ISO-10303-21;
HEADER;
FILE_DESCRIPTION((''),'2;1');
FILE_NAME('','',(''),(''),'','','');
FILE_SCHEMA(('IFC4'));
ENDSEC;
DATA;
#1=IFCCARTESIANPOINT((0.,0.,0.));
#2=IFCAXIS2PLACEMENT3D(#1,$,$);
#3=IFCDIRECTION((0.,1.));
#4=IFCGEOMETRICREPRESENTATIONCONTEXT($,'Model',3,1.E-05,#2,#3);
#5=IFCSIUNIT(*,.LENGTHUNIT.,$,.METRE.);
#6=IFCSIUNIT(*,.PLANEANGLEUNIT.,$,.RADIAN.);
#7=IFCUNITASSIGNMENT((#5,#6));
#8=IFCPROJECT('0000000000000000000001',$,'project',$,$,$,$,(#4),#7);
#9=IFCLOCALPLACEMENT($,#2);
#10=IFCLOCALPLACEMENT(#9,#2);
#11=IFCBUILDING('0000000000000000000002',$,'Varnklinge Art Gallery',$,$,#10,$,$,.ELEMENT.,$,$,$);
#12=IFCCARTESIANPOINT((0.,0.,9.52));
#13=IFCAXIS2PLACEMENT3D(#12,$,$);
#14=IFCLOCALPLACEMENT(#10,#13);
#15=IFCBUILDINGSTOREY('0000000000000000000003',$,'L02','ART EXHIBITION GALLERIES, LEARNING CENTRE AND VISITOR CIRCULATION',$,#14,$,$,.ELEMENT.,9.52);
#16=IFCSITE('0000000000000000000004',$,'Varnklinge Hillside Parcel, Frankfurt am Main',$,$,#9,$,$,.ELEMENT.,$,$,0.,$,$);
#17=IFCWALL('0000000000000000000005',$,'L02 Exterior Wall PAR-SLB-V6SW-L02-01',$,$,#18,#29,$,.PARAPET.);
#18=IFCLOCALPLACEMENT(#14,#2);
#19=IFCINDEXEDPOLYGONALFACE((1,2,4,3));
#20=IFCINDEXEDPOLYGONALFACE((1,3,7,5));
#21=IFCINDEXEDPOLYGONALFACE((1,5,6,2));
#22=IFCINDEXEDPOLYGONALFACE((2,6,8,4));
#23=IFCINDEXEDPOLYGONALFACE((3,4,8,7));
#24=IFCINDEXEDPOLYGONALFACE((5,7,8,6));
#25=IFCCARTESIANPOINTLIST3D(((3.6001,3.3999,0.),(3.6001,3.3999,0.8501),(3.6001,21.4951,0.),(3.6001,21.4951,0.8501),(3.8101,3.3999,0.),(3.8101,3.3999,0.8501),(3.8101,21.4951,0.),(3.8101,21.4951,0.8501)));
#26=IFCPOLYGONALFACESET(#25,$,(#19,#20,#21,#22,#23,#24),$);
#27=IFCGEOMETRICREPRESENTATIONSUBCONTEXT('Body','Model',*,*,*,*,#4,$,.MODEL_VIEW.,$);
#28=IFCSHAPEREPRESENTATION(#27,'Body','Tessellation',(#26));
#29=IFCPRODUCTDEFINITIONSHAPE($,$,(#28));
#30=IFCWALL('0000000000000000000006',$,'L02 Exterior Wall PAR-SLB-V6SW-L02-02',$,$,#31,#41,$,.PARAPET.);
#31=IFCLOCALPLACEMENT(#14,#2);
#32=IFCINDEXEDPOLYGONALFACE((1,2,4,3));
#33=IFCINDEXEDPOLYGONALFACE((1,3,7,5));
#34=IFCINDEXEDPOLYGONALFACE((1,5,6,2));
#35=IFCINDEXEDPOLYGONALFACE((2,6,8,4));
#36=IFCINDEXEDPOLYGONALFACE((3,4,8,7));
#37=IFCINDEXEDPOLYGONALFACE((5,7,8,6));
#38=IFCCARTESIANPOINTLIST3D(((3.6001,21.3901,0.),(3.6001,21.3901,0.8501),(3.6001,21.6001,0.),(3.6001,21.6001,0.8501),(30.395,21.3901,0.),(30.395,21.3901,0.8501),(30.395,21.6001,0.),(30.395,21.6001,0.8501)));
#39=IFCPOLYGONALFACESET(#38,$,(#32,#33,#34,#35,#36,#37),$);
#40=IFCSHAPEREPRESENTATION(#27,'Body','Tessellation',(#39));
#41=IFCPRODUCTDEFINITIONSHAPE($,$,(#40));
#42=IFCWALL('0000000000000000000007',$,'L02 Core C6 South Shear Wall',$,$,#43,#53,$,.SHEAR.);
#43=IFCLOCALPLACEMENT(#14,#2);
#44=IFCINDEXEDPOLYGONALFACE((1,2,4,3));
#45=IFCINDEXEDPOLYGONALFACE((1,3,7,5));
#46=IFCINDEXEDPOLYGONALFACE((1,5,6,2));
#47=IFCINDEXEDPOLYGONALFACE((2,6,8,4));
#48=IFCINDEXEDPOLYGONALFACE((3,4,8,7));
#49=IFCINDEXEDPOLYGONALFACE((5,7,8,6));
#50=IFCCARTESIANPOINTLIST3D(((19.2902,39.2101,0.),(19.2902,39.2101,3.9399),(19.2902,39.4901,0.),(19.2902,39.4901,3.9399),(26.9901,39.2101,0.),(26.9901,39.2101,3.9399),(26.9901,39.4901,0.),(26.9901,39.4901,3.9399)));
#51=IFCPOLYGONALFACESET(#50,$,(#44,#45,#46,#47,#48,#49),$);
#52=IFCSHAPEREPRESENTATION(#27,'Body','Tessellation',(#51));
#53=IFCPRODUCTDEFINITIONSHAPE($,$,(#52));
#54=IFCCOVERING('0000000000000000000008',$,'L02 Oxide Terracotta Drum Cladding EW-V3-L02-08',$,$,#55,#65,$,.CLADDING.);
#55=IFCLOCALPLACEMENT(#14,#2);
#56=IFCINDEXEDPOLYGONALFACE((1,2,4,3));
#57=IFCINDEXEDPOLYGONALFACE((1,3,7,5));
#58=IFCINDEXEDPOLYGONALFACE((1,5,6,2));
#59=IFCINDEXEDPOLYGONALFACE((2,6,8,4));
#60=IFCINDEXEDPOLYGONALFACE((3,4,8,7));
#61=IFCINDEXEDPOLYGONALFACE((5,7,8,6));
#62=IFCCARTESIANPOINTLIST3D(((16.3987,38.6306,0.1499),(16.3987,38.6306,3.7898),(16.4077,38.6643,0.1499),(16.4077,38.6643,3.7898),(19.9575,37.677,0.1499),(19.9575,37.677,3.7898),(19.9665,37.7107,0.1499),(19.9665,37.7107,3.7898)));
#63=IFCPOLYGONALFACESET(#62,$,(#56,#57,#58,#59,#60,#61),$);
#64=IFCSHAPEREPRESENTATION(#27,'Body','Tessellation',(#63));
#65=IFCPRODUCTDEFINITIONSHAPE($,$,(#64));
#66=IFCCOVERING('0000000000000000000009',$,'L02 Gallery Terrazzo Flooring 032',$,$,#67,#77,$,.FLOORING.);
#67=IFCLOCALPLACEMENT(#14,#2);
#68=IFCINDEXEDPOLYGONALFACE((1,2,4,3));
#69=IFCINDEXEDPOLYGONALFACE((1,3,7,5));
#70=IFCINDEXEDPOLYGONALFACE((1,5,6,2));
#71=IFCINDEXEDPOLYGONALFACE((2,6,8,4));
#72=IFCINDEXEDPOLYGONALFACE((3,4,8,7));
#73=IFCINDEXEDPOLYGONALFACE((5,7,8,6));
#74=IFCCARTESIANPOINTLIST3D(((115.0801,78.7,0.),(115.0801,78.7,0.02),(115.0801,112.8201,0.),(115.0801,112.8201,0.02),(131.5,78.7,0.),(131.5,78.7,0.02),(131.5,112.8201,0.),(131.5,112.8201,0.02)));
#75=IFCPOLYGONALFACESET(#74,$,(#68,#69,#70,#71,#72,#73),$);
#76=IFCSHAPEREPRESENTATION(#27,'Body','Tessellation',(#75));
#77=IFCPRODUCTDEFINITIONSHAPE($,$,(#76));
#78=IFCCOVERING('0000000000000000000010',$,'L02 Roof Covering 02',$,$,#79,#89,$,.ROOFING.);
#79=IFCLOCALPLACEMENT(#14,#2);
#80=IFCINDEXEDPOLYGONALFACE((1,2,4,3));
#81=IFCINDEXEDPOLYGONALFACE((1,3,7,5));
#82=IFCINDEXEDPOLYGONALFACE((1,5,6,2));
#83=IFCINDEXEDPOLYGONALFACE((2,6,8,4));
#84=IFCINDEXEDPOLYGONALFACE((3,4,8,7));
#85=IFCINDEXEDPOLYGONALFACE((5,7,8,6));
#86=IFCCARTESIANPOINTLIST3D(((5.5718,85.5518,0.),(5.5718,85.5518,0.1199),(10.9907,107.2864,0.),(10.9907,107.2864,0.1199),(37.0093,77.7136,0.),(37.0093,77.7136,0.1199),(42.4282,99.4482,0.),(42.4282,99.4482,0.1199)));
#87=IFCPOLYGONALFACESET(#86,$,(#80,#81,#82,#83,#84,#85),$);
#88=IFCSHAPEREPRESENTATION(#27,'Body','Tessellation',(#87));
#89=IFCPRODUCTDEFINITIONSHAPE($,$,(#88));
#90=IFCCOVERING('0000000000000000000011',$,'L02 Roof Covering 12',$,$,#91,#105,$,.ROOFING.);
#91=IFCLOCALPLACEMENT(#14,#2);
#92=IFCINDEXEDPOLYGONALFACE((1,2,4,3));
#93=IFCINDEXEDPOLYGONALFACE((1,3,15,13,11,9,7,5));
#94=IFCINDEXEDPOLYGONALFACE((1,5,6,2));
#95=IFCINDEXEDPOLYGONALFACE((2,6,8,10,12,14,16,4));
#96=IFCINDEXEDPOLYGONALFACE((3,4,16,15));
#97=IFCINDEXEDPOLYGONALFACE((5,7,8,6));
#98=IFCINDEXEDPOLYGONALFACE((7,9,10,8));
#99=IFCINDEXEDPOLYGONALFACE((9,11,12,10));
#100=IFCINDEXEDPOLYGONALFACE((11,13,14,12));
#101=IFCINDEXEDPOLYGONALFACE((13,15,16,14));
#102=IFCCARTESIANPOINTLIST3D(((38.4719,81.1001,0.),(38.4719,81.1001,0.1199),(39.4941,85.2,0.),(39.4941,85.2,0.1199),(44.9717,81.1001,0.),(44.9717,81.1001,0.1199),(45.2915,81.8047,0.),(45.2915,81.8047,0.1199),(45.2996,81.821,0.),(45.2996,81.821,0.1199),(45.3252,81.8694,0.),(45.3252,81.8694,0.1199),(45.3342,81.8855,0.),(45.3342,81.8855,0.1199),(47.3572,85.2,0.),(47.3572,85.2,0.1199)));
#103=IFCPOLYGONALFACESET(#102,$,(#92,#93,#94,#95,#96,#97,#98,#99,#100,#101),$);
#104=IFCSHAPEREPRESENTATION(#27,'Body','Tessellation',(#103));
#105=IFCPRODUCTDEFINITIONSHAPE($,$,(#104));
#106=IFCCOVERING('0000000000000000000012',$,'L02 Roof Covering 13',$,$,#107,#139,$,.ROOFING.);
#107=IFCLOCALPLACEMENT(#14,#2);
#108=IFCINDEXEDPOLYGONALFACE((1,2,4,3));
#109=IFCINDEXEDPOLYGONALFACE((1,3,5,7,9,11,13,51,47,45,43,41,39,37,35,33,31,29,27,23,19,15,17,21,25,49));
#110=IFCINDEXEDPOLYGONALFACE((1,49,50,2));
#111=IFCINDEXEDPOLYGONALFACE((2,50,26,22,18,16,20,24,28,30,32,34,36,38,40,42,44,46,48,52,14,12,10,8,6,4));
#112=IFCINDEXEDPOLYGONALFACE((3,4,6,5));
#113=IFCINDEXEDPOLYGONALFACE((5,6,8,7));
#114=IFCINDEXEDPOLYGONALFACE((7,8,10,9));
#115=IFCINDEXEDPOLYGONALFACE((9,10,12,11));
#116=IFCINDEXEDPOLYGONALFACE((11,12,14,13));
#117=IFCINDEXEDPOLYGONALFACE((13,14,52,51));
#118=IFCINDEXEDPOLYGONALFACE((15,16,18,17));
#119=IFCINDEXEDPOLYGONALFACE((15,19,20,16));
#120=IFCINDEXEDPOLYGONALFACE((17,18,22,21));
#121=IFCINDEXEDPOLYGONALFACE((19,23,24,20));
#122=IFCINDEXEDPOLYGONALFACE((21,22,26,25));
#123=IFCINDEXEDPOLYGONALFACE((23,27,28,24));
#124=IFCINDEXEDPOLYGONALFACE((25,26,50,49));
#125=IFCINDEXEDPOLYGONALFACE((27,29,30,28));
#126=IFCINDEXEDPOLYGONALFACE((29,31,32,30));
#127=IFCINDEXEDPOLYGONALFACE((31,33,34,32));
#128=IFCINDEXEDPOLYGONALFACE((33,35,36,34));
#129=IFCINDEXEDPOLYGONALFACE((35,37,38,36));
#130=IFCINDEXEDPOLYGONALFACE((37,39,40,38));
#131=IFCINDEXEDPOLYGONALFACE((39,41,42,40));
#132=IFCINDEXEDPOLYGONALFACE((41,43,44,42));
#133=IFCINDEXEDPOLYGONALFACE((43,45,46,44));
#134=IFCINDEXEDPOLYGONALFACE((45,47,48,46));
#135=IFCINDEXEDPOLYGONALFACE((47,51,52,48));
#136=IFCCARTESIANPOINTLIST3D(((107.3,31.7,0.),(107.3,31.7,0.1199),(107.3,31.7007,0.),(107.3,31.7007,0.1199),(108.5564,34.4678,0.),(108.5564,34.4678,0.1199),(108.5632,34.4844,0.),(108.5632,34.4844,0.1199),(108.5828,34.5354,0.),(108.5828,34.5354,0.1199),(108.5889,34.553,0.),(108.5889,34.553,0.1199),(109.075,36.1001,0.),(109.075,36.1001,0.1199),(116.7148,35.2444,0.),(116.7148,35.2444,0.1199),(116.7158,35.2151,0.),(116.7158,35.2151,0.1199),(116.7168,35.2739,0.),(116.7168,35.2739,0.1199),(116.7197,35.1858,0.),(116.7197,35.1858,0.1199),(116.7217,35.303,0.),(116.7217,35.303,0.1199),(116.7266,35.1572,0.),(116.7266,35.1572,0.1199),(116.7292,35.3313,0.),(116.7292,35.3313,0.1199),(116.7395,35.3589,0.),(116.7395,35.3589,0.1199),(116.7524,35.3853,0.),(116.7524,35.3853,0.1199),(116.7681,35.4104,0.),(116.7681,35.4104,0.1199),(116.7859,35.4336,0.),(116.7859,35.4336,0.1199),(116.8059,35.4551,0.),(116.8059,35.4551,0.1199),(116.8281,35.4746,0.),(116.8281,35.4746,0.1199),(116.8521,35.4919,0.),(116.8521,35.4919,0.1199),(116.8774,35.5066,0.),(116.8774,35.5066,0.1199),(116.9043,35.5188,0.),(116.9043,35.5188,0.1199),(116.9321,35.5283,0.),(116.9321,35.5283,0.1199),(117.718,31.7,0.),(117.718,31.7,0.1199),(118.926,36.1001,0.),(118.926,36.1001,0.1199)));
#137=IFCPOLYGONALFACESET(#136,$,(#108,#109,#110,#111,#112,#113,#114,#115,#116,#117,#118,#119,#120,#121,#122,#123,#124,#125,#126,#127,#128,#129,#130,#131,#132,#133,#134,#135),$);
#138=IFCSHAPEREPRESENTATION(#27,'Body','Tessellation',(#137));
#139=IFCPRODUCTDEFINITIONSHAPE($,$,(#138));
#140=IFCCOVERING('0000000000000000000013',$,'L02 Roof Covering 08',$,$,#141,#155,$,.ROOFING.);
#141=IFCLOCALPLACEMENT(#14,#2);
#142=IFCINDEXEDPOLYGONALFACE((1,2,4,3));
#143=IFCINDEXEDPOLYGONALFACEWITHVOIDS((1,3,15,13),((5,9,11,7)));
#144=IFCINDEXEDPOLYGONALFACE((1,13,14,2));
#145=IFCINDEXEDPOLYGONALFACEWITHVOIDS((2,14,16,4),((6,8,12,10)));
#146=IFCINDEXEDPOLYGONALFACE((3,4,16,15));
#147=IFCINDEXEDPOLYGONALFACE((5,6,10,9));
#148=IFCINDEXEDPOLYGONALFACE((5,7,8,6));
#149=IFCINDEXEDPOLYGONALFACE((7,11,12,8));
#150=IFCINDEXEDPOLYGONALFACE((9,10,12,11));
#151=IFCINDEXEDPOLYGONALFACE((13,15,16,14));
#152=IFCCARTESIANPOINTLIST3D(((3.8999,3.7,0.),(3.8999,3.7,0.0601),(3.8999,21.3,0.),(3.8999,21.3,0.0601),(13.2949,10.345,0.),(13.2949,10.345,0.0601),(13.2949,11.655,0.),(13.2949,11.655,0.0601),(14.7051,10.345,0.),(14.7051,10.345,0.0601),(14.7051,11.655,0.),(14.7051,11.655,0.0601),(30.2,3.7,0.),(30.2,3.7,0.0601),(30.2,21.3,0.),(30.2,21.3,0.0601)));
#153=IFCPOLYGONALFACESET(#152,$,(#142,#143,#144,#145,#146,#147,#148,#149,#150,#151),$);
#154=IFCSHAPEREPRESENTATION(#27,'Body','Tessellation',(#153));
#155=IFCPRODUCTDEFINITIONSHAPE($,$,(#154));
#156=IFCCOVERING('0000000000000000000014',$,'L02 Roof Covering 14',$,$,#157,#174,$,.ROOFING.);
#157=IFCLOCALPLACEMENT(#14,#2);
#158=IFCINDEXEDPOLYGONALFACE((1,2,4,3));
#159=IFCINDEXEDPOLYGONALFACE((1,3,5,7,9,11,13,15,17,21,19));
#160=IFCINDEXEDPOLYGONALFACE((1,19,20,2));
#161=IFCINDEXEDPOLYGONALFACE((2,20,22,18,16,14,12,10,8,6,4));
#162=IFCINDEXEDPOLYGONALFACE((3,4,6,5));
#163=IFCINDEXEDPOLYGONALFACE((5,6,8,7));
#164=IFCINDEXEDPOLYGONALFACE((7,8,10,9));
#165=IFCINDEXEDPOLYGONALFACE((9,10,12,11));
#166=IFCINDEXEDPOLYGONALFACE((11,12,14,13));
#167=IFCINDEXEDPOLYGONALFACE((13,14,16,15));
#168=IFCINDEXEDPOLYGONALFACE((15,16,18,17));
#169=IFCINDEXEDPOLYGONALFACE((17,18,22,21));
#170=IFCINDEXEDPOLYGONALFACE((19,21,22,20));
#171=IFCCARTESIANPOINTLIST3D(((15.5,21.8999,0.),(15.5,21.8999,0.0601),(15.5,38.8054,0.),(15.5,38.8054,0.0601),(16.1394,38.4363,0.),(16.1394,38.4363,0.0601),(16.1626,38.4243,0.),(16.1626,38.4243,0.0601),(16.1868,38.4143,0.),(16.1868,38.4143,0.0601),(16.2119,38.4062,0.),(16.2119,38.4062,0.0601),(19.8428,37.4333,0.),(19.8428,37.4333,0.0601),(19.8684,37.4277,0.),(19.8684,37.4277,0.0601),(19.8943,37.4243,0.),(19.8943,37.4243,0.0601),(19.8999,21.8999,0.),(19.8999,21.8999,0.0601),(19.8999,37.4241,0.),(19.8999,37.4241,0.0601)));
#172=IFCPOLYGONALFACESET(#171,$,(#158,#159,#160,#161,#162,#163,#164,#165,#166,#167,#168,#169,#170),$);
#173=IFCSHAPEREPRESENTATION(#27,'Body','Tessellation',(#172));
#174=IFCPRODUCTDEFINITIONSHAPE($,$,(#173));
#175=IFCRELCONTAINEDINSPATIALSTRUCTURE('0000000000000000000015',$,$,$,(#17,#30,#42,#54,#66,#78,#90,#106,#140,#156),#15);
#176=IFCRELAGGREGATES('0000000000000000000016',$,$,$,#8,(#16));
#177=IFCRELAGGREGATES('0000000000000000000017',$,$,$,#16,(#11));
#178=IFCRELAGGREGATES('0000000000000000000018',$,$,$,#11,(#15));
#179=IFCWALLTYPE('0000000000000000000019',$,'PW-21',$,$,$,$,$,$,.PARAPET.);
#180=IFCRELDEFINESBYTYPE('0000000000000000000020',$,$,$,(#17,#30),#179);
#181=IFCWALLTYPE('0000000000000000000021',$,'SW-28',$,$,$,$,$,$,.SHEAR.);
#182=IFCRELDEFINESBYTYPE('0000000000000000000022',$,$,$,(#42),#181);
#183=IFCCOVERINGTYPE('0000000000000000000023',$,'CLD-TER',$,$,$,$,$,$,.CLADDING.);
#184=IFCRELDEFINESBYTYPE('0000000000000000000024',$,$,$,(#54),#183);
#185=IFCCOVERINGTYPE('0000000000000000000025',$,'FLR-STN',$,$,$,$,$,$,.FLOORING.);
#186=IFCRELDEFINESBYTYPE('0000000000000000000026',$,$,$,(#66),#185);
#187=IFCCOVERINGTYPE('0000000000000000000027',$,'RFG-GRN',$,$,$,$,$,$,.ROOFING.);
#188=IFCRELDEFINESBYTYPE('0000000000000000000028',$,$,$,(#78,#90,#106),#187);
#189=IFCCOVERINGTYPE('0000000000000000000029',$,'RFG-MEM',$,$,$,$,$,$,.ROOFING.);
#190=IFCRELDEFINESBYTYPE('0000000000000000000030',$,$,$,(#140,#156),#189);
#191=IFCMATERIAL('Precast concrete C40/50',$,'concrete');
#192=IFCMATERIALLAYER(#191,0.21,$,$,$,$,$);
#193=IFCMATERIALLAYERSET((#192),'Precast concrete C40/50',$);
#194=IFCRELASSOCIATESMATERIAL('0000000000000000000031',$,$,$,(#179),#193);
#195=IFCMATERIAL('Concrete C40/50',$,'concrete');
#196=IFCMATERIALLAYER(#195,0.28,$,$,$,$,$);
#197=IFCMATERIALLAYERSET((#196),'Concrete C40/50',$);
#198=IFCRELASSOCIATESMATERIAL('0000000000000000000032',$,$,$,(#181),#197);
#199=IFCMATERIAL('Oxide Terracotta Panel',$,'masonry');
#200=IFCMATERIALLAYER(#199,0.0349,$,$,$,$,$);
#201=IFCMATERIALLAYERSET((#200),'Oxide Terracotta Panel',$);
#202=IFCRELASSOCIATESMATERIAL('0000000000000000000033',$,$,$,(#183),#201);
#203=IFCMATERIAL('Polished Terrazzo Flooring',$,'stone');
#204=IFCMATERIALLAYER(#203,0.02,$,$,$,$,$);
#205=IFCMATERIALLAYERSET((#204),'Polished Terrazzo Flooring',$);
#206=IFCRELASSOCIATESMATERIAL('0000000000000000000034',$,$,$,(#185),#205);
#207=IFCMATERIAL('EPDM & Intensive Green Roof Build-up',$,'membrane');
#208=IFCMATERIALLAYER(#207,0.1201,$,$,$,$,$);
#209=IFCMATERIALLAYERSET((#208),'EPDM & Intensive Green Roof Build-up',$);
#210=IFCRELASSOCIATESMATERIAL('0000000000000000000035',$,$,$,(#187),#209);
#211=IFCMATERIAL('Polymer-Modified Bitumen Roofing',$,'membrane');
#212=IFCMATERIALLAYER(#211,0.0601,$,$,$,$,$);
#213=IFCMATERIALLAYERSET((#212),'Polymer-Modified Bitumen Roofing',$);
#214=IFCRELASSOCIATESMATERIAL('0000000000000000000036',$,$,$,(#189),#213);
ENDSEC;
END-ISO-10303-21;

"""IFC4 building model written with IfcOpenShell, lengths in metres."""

from ifc_helpers import new_model, si_unit, direction, frame, frame_2d, origin, origin_2d, place, context, subcontext, project, spatial, polyline, rectangle, outline, extrude, material, layer, layer_set, type_object, element, save


model = new_model("IFC4")

# Units and contexts
model_context = context("Model", 3, precision=1e-05, world=origin(), true_north=direction((0.0, 1.0)))
body_context = subcontext(model_context, "Body", "Model", "MODEL_VIEW")
ifc_project = project(units=[si_unit("LENGTHUNIT", "METRE"), si_unit("PLANEANGLEUNIT", "RADIAN")], contexts=[model_context])

# Site, building, storey
site_placement = place(None, origin())
site = spatial("IfcSite", under=ifc_project, at=site_placement, Name="Varnklinge Hillside Parcel, Frankfurt am Main", CompositionType="ELEMENT", RefElevation=0.0)
building_placement = place(site_placement, origin())
building = spatial("IfcBuilding", under=site, at=building_placement, Name="Varnklinge Art Gallery", CompositionType="ELEMENT")
storey_placement = place(building_placement, frame((0.0, 0.0, 9.52)))
storey = spatial("IfcBuildingStorey", under=building, at=storey_placement, Name="L02", Description="ART EXHIBITION GALLERIES, LEARNING CENTRE AND VISITOR CIRCULATION", CompositionType="ELEMENT", Elevation=9.52)

# Walls
ifc_material_1 = material(Name="Precast concrete C40/50", Category="concrete")
ifc_layer_1 = layer(ifc_material_1, 0.21)
ifc_layer_set_1 = layer_set([ifc_layer_1], Name="Precast concrete C40/50")
wall_type_1 = type_object("IfcWallType", Name="PW-21", PredefinedType="PARAPET", material=ifc_layer_set_1)
wall_1_placement = place(storey_placement, frame((3.7051, 3.3999, 0.0), z_axis=(0.0, 0.0, 1.0), x_axis=(0.0, 1.0, 0.0)))
element("IfcWall", 1, at=wall_1_placement, inside=storey, type_object=wall_type_1, Name="L02 Exterior Wall PAR-SLB-V6SW-L02-01", PredefinedType="PARAPET", context=body_context, shape_type="SweptSolid", body=[
    extrude(rectangle(XDim=18.0952, YDim=0.21, at=frame_2d((9.0476, 0.0))), origin(), (0.0, 0.0, 1.0), 0.8501),
])
wall_2_placement = place(storey_placement, frame((3.6001, 21.4951, 0.0), z_axis=(0.0, 0.0, 1.0), x_axis=(1.0, 0.0, 0.0)))
element("IfcWall", 2, at=wall_2_placement, inside=storey, type_object=wall_type_1, Name="L02 Exterior Wall PAR-SLB-V6SW-L02-02", PredefinedType="PARAPET", context=body_context, shape_type="SweptSolid", body=[
    extrude(rectangle(XDim=26.7949, YDim=0.21, at=frame_2d((13.3975, 0.0))), origin(), (0.0, 0.0, 1.0), 0.8501),
])
ifc_material_2 = material(Name="Concrete C40/50", Category="concrete")
ifc_layer_2 = layer(ifc_material_2, 0.28)
ifc_layer_set_2 = layer_set([ifc_layer_2], Name="Concrete C40/50")
wall_type_2 = type_object("IfcWallType", Name="SW-28", PredefinedType="SHEAR", material=ifc_layer_set_2)
wall_3_placement = place(storey_placement, frame((19.29, 39.3501, 0.0), z_axis=(0.0, 0.0, 1.0), x_axis=(1.0, 0.0, 0.0)))
element("IfcWall", 3, at=wall_3_placement, inside=storey, type_object=wall_type_2, Name="L02 Core C6 South Shear Wall", PredefinedType="SHEAR", context=body_context, shape_type="SweptSolid", body=[
    extrude(rectangle(XDim=7.7, YDim=0.28, at=frame_2d((3.8501, 0.0))), origin(), (0.0, 0.0, 1.0), 3.9399),
])

# Coverings
ifc_material_3 = material(Name="Oxide Terracotta Panel", Category="masonry")
ifc_layer_3 = layer(ifc_material_3, 0.0349)
ifc_layer_set_3 = layer_set([ifc_layer_3], Name="Oxide Terracotta Panel")
covering_type_1 = type_object("IfcCoveringType", Name="CLD-TER", PredefinedType="CLADDING", material=ifc_layer_set_3)
covering_1_placement = place(storey_placement, frame((18.1826, 38.1707, 0.1499), z_axis=(0.0, 0.0, 1.0), x_axis=(-0.965926, 0.258819, 0.0)))
element("IfcCovering", 4, at=covering_1_placement, inside=storey, type_object=covering_type_1, Name="L02 Oxide Terracotta Drum Cladding EW-V3-L02-08", PredefinedType="CLADDING", context=body_context, shape_type="SweptSolid", body=[
    extrude(rectangle(XDim=3.6843, YDim=0.0349, at=origin_2d()), origin(), (0.0, 0.0, 1.0), 3.6399),
])
ifc_material_4 = material(Name="Polished Terrazzo Flooring", Category="stone")
ifc_layer_4 = layer(ifc_material_4, 0.02)
ifc_layer_set_4 = layer_set([ifc_layer_4], Name="Polished Terrazzo Flooring")
covering_type_2 = type_object("IfcCoveringType", Name="FLR-STN", PredefinedType="FLOORING", material=ifc_layer_set_4)
covering_2_placement = place(storey_placement, origin())
element("IfcCovering", 5, at=covering_2_placement, inside=storey, type_object=covering_type_2, Name="L02 Gallery Terrazzo Flooring 032", PredefinedType="FLOORING", context=body_context, shape_type="SweptSolid", body=[
    extrude(outline(polyline([(115.0801, 112.8201), (115.0801, 78.7), (131.5, 78.7), (131.5, 112.8201), (115.0801, 112.8201)])), origin(), (0.0, 0.0, 1.0), 0.02),
])
ifc_material_5 = material(Name="EPDM & Intensive Green Roof Build-up", Category="membrane")
ifc_layer_5 = layer(ifc_material_5, 0.1201)
ifc_layer_set_5 = layer_set([ifc_layer_5], Name="EPDM & Intensive Green Roof Build-up")
covering_type_3 = type_object("IfcCoveringType", Name="RFG-GRN", PredefinedType="ROOFING", material=ifc_layer_set_5)
covering_3_placement = place(storey_placement, origin())
element("IfcCovering", 6, at=covering_3_placement, inside=storey, type_object=covering_type_3, Name="L02 Roof Covering 02", PredefinedType="ROOFING", context=body_context, shape_type="SweptSolid", body=[
    extrude(outline(polyline([(5.5718, 85.5518), (37.0093, 77.7136), (42.4282, 99.4482), (10.9907, 107.2864), (5.5718, 85.5518)])), origin(), (0.0, 0.0, 1.0), 0.1199),
])
covering_4_placement = place(storey_placement, origin())
element("IfcCovering", 7, at=covering_4_placement, inside=storey, type_object=covering_type_3, Name="L02 Roof Covering 12", PredefinedType="ROOFING", context=body_context, shape_type="SweptSolid", body=[
    extrude(outline(polyline([(45.2915, 81.8047), (45.2996, 81.821), (45.3252, 81.8694), (45.3342, 81.8855), (47.3572, 85.2), (39.4941, 85.2), (38.4719, 81.1001), (44.9717, 81.1001), (45.2915, 81.8047)])), origin(), (0.0, 0.0, 1.0), 0.1199),
])
covering_5_placement = place(storey_placement, origin())
element("IfcCovering", 8, at=covering_5_placement, inside=storey, type_object=covering_type_3, Name="L02 Roof Covering 13", PredefinedType="ROOFING", context=body_context, shape_type="SweptSolid", body=[
    extrude(outline(polyline([(116.7266, 35.1572), (116.7197, 35.1858), (116.7158, 35.2151), (116.7148, 35.2444), (116.7168, 35.2739), (116.7217, 35.303), (116.7292, 35.3313), (116.7395, 35.3589), (116.7524, 35.3853), (116.7681, 35.4104), (116.7859, 35.4336), (116.8059, 35.4551), (116.8281, 35.4746), (116.8521, 35.4919), (116.8774, 35.5066), (116.9043, 35.5188), (116.9321, 35.5283), (118.926, 36.1001), (109.075, 36.1001), (108.5889, 34.553), (108.5828, 34.5354), (108.5632, 34.4844), (108.5564, 34.4678), (107.3, 31.7007), (107.3, 31.7), (117.718, 31.7), (116.7266, 35.1572)])), origin(), (0.0, 0.0, 1.0), 0.1199),
])
ifc_material_6 = material(Name="Polymer-Modified Bitumen Roofing", Category="membrane")
ifc_layer_6 = layer(ifc_material_6, 0.0601)
ifc_layer_set_6 = layer_set([ifc_layer_6], Name="Polymer-Modified Bitumen Roofing")
covering_type_4 = type_object("IfcCoveringType", Name="RFG-MEM", PredefinedType="ROOFING", material=ifc_layer_set_6)
covering_6_placement = place(storey_placement, origin())
element("IfcCovering", 9, at=covering_6_placement, inside=storey, type_object=covering_type_4, Name="L02 Roof Covering 08", PredefinedType="ROOFING", context=body_context, shape_type="SweptSolid", body=[
    extrude(outline(polyline([(30.2, 3.7), (30.2, 21.3), (3.8999, 21.3), (3.8999, 3.7), (30.2, 3.7)]), holes=[polyline([(14.7051, 10.345), (14.7051, 11.655), (13.2949, 11.655), (13.2949, 10.345), (14.7051, 10.345)])]), origin(), (0.0, 0.0, 1.0), 0.0601),
])
covering_7_placement = place(storey_placement, origin())
element("IfcCovering", 10, at=covering_7_placement, inside=storey, type_object=covering_type_4, Name="L02 Roof Covering 14", PredefinedType="ROOFING", context=body_context, shape_type="SweptSolid", body=[
    extrude(outline(polyline([(19.8999, 37.4241), (19.8943, 37.4243), (19.8684, 37.4277), (19.8428, 37.4333), (16.2119, 38.4062), (16.1868, 38.4143), (16.1626, 38.4243), (16.1394, 38.4363), (15.5, 38.8054), (15.5, 21.8999), (19.8999, 21.8999), (19.8999, 37.4241)])), origin(), (0.0, 0.0, 1.0), 0.0601),
])

save(model, "model.ifc")
